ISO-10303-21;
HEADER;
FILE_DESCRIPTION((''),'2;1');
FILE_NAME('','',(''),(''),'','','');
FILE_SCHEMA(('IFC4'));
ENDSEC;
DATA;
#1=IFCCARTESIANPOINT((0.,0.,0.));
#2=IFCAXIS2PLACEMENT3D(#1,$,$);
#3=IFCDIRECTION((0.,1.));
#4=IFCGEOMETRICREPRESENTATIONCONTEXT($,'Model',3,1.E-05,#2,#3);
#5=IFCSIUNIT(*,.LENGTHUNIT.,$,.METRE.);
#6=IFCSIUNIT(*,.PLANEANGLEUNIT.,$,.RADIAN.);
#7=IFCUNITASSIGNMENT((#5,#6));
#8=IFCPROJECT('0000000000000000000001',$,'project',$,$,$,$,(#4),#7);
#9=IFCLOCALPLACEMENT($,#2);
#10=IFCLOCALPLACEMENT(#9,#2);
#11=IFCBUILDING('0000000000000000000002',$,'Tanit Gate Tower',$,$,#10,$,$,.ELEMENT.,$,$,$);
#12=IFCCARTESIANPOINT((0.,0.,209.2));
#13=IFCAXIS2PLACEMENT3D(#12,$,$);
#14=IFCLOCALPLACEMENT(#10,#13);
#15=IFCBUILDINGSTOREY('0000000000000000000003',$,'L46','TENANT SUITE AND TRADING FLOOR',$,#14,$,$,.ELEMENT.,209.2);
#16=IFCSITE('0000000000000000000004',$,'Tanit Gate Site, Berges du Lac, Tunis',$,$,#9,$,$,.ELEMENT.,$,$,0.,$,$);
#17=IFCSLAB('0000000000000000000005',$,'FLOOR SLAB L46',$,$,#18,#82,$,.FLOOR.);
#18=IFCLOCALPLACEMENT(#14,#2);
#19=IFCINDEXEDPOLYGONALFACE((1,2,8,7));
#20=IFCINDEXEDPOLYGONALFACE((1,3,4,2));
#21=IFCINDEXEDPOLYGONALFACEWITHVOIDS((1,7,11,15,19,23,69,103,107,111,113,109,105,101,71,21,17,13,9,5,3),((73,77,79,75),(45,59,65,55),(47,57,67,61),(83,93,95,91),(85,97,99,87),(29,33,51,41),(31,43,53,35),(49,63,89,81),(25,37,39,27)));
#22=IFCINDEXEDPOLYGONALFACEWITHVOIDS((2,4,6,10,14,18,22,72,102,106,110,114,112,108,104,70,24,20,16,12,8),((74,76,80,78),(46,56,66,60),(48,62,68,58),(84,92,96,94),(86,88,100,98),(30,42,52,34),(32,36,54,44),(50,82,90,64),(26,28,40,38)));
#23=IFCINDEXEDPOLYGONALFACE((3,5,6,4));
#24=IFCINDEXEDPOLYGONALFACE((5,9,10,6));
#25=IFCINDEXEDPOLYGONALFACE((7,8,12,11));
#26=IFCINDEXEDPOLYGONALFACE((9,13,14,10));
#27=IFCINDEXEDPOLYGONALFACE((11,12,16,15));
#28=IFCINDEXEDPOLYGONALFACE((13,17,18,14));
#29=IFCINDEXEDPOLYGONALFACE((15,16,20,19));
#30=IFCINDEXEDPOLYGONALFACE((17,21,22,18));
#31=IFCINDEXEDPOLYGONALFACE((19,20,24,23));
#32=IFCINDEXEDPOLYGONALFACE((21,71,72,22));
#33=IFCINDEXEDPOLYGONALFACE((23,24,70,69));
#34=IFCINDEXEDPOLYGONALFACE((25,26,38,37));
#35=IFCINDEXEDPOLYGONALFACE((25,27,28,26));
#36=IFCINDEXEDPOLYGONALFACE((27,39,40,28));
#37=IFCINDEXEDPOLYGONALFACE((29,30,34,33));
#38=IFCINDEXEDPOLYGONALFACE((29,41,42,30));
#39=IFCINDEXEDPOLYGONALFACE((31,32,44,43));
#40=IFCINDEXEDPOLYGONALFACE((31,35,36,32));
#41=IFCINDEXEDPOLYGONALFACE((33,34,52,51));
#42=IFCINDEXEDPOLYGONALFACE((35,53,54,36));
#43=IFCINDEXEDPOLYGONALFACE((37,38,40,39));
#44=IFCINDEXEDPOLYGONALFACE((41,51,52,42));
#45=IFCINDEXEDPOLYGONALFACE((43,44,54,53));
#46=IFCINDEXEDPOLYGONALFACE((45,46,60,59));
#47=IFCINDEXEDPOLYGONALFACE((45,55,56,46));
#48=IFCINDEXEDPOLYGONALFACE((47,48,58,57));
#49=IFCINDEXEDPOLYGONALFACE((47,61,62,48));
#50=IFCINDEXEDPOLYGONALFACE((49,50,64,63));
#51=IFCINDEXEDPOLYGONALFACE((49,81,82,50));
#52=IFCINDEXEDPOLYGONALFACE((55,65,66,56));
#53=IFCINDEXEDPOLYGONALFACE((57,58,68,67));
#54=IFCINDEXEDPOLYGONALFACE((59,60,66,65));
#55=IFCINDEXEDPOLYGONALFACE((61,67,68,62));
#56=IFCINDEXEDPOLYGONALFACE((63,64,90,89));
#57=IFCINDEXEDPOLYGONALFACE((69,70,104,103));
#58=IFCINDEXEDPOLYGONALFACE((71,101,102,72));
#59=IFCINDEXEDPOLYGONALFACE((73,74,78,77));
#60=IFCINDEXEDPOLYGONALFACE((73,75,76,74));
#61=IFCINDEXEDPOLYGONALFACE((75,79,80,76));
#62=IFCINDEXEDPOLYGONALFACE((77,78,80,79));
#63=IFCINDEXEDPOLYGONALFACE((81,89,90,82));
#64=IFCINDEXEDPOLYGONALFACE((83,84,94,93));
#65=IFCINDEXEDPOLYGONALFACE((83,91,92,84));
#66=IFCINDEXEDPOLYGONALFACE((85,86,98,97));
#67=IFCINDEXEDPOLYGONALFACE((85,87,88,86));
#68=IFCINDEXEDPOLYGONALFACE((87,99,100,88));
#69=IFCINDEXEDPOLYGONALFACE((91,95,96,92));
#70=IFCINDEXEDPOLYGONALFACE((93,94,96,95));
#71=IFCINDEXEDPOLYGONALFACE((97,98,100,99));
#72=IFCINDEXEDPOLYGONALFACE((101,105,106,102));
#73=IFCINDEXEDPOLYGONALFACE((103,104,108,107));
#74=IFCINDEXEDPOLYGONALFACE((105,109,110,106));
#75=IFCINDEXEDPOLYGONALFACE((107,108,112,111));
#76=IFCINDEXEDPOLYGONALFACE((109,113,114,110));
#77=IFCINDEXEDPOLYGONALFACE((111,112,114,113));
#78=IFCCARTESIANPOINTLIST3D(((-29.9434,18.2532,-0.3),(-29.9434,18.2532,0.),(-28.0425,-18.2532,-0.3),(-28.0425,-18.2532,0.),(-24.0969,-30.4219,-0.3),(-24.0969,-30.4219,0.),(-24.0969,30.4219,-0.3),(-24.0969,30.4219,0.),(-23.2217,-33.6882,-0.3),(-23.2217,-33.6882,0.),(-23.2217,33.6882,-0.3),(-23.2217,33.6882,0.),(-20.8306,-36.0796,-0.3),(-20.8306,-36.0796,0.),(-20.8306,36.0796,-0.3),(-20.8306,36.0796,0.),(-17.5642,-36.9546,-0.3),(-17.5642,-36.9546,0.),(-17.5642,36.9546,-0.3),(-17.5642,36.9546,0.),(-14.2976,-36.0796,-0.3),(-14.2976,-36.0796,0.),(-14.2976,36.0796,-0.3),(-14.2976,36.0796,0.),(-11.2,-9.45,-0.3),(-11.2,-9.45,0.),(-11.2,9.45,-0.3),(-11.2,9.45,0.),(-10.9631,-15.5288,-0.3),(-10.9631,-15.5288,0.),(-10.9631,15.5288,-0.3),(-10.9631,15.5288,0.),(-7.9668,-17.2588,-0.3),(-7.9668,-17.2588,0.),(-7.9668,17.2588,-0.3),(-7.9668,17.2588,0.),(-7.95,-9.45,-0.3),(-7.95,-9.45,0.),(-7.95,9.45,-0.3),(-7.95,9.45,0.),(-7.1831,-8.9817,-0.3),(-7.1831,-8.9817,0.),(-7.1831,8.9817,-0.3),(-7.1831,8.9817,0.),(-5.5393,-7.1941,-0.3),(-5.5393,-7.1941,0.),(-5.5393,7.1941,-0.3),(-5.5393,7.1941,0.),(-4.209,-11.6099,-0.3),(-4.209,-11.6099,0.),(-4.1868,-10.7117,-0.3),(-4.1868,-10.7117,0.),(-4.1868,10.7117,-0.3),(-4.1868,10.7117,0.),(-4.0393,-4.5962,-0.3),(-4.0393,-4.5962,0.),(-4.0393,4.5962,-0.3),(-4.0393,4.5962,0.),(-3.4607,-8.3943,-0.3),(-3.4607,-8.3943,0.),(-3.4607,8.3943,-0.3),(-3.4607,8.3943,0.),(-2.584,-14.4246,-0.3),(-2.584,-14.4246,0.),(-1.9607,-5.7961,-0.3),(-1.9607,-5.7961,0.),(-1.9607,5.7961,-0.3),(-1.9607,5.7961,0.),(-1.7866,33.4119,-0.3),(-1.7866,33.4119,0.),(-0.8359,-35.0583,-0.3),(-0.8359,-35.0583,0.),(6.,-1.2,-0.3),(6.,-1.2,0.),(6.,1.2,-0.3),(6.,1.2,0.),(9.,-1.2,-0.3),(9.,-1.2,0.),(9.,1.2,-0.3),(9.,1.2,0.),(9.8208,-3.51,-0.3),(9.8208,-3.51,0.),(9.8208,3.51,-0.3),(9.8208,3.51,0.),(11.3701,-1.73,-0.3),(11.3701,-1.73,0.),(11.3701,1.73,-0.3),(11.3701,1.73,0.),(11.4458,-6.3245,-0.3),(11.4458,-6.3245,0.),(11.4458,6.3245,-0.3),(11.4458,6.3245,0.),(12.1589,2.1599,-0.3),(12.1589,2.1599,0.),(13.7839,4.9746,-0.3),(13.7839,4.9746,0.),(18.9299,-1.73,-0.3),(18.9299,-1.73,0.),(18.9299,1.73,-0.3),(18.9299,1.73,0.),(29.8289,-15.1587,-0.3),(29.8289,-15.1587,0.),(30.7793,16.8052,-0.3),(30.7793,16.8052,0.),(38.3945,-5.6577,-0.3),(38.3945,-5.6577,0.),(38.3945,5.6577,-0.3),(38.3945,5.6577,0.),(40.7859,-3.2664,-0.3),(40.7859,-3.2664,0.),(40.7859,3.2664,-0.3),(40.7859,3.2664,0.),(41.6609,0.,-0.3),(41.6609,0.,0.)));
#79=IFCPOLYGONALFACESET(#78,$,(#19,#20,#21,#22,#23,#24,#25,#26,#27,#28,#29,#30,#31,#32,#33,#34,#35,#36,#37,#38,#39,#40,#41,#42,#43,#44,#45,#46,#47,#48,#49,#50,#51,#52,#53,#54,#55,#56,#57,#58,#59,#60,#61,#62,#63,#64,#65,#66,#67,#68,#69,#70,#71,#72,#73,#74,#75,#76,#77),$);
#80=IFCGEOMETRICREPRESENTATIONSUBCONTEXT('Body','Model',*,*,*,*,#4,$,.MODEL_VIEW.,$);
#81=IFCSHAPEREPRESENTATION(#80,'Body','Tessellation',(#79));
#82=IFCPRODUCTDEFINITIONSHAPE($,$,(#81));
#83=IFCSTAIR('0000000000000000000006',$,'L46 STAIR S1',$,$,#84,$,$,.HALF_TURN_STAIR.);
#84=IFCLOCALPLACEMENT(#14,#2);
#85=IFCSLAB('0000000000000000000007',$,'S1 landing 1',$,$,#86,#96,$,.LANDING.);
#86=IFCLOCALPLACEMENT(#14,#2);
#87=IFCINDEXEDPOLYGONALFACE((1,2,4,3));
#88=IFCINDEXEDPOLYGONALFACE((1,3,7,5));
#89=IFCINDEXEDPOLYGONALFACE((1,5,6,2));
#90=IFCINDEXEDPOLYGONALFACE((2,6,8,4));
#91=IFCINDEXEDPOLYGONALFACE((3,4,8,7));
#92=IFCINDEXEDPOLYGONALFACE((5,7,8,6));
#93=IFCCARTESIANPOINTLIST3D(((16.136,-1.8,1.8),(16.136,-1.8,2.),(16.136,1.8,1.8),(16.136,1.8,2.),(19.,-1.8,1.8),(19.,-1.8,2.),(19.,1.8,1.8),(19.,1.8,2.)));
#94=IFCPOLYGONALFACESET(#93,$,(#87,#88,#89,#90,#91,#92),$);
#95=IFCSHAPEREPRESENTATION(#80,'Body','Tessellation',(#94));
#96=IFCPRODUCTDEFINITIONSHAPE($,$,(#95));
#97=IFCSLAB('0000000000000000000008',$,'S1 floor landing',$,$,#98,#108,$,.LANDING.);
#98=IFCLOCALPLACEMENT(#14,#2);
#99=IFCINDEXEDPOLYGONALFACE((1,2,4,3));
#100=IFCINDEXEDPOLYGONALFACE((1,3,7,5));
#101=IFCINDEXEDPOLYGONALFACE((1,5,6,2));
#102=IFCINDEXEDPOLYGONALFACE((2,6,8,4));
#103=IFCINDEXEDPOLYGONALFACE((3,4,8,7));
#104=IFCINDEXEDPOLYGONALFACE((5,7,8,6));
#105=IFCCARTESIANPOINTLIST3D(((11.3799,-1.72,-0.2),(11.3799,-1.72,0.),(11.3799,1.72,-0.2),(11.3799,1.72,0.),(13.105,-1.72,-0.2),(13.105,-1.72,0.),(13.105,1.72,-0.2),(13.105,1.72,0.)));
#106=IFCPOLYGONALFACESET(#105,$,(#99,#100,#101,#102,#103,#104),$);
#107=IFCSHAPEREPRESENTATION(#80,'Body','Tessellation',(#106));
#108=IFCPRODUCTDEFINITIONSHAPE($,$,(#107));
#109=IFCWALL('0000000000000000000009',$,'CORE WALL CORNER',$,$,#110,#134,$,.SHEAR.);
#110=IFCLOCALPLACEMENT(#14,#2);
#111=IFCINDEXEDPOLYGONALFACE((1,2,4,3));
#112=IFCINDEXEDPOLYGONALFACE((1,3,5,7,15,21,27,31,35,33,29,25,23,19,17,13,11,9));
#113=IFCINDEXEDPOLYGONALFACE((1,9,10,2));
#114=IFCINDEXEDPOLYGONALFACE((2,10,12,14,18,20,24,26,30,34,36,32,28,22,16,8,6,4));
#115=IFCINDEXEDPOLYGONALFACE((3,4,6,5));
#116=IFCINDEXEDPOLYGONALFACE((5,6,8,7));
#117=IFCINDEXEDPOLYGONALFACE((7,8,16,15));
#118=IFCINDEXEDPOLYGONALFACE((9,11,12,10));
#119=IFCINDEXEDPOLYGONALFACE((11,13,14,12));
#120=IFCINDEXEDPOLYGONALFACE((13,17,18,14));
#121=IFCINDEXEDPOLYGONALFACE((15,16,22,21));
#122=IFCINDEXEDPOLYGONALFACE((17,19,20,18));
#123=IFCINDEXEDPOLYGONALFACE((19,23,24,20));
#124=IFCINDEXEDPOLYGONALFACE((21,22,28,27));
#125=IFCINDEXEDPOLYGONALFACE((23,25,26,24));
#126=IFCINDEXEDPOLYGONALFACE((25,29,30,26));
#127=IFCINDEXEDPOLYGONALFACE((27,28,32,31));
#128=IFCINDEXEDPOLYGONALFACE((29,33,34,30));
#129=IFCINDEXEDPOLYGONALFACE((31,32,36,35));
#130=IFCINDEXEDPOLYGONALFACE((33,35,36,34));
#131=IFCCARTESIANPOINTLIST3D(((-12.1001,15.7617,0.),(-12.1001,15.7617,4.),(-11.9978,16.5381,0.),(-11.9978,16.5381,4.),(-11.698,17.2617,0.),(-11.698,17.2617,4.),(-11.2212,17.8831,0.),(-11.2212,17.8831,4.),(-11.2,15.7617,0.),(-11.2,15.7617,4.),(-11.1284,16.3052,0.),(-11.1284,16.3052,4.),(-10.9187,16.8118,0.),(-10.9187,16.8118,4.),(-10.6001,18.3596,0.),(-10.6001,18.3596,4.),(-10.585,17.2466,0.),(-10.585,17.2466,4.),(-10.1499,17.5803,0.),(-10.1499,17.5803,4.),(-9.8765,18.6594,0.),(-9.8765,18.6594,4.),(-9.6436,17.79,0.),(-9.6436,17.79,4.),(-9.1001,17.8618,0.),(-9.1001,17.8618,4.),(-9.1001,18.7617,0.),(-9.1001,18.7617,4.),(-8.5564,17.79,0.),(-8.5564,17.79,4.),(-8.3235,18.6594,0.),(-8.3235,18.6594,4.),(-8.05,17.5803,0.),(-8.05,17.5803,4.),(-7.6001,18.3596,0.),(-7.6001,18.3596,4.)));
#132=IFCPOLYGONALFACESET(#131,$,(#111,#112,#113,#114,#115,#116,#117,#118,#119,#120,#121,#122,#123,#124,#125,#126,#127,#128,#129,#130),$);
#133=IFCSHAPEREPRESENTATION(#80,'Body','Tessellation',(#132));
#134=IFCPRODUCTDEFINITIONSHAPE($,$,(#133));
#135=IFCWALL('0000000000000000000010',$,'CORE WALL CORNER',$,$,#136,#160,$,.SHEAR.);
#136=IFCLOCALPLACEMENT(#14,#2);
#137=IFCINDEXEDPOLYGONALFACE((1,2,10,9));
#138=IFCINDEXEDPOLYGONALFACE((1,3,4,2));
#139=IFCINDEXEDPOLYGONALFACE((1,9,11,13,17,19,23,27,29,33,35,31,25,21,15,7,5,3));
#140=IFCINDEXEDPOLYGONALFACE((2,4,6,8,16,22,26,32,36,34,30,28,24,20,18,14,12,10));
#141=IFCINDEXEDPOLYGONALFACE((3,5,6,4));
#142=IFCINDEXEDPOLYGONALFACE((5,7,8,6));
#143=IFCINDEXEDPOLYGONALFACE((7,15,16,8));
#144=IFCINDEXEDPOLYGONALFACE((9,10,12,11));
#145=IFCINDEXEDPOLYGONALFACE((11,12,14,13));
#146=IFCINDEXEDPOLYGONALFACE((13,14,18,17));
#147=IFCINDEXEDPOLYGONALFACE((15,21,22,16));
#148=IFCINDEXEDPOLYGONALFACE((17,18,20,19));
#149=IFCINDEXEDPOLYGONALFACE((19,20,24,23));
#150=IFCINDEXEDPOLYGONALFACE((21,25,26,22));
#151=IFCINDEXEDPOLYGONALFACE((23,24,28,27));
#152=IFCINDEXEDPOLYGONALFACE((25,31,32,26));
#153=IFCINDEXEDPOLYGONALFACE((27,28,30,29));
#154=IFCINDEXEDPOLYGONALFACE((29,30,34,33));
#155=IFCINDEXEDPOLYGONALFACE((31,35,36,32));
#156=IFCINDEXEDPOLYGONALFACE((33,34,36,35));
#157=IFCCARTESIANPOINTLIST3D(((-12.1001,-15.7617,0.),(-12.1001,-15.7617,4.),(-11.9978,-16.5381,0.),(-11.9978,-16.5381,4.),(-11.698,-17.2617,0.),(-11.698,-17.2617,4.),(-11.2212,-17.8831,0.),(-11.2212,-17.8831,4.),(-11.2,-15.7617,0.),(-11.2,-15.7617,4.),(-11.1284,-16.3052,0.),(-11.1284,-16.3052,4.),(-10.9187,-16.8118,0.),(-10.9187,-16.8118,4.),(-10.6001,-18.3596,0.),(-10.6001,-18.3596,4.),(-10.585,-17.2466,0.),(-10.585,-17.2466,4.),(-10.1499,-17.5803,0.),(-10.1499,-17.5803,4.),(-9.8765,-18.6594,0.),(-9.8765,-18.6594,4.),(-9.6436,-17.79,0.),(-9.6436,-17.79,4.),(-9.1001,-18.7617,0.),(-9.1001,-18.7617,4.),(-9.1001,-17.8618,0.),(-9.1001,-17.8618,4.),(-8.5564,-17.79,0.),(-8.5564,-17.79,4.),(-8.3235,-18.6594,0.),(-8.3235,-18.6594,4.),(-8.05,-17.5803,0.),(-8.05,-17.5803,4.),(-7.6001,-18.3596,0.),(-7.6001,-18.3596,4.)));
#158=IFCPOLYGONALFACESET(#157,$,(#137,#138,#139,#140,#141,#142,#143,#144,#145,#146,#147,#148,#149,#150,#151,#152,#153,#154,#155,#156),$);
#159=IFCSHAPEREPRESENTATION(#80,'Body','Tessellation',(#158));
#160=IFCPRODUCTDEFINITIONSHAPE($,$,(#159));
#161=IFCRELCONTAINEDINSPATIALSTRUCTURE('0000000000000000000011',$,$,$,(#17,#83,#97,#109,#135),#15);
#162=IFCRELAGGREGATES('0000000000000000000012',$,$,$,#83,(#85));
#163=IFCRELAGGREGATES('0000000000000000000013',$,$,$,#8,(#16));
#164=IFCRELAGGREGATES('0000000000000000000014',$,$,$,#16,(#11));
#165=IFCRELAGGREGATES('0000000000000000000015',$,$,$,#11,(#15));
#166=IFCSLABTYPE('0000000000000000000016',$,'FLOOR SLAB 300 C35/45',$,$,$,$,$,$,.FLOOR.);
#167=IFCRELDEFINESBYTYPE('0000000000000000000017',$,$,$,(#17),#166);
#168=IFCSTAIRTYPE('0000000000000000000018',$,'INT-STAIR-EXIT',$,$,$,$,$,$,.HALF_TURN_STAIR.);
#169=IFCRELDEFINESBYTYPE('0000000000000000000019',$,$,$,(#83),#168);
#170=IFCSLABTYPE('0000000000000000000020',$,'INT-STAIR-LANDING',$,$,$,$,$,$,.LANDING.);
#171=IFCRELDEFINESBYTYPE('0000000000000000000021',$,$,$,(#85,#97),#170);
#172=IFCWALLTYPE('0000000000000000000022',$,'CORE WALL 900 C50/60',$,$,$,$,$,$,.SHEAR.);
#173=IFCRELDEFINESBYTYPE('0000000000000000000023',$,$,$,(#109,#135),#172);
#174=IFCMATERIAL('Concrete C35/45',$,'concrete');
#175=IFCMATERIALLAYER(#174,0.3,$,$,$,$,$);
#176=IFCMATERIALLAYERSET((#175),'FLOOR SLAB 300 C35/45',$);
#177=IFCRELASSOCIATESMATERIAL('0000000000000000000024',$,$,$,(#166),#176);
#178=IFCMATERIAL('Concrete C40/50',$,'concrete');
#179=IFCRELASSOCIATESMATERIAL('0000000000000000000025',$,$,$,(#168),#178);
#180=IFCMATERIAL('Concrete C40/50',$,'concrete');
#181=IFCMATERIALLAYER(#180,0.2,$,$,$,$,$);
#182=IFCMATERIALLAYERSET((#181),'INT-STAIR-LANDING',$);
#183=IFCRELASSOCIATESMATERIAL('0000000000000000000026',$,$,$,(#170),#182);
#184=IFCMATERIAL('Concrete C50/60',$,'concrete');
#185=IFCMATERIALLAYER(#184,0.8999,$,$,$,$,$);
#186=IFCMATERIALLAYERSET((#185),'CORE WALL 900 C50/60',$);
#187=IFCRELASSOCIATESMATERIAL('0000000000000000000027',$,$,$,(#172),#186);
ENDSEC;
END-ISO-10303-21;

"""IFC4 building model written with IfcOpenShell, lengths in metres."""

from ifc_helpers import new_model, si_unit, direction, frame, origin, place, context, subcontext, project, spatial, polyline, outline, extrude, material, layer, layer_set, type_object, element, aggregate, save


model = new_model("IFC4")

# Units and contexts
model_context = context("Model", 3, precision=1e-05, world=origin(), true_north=direction((0.0, 1.0)))
body_context = subcontext(model_context, "Body", "Model", "MODEL_VIEW")
ifc_project = project(units=[si_unit("LENGTHUNIT", "METRE"), si_unit("PLANEANGLEUNIT", "RADIAN")], contexts=[model_context])

# Site, building, storey
site_placement = place(None, origin())
site = spatial("IfcSite", under=ifc_project, at=site_placement, Name="Tanit Gate Site, Berges du Lac, Tunis", CompositionType="ELEMENT", RefElevation=0.0)
building_placement = place(site_placement, origin())
building = spatial("IfcBuilding", under=site, at=building_placement, Name="Tanit Gate Tower", CompositionType="ELEMENT")
storey_placement = place(building_placement, frame((0.0, 0.0, 209.2)))
storey = spatial("IfcBuildingStorey", under=building, at=storey_placement, Name="L46", Description="TENANT SUITE AND TRADING FLOOR", CompositionType="ELEMENT", Elevation=209.2)

# Slab
ifc_material_1 = material(Name="Concrete C35/45", Category="concrete")
ifc_layer_1 = layer(ifc_material_1, 0.3)
ifc_layer_set_1 = layer_set([ifc_layer_1], Name="FLOOR SLAB 300 C35/45")
slab_type_1 = type_object("IfcSlabType", Name="FLOOR SLAB 300 C35/45", PredefinedType="FLOOR", material=ifc_layer_set_1)
slab_1_placement = place(storey_placement, frame((0.0, 0.0, -0.3)))
element("IfcSlab", 1, at=slab_1_placement, inside=storey, type_object=slab_type_1, Name="FLOOR SLAB L46", PredefinedType="FLOOR", context=body_context, shape_type="SweptSolid", body=[
    extrude(outline(polyline([(38.3945, 5.6577), (40.7859, 3.2664), (41.6609, 0.0), (40.7859, -3.2664), (38.3945, -5.6577), (29.8289, -15.1587), (-0.8359, -35.0583), (-14.2976, -36.0796), (-17.5642, -36.9546), (-20.8306, -36.0796), (-23.2217, -33.6882), (-24.0969, -30.4219), (-28.0425, -18.2532), (-29.9434, 18.2532), (-24.0969, 30.4219), (-23.2217, 33.6882), (-20.8306, 36.0796), (-17.5642, 36.9546), (-14.2976, 36.0796), (-1.7866, 33.4119), (30.7793, 16.8052), (38.3945, 5.6577)]), holes=[polyline([(11.3701, 1.73), (18.9299, 1.73), (18.9299, -1.73), (11.3701, -1.73), (11.3701, 1.73)]), polyline([(9.8208, 3.51), (11.4458, 6.3245), (13.7839, 4.9746), (12.1589, 2.1599), (9.8208, 3.51)]), polyline([(-4.209, -11.6099), (9.8208, -3.51), (11.4458, -6.3245), (-2.584, -14.4246), (-4.209, -11.6099)]), polyline([(6.0, 1.2), (9.0, 1.2), (9.0, -1.2), (6.0, -1.2), (6.0, 1.2)]), polyline([(-5.5393, 7.1941), (-3.4607, 8.3943), (-1.9607, 5.7961), (-4.0393, 4.5962), (-5.5393, 7.1941)]), polyline([(-1.9607, -5.7961), (-3.4607, -8.3943), (-5.5393, -7.1941), (-4.0393, -4.5962), (-1.9607, -5.7961)]), polyline([(-10.9631, 15.5288), (-7.9668, 17.2588), (-4.1868, 10.7117), (-7.1831, 8.9817), (-10.9631, 15.5288)]), polyline([(-4.1868, -10.7117), (-7.9668, -17.2588), (-10.9631, -15.5288), (-7.1831, -8.9817), (-4.1868, -10.7117)]), polyline([(-11.2, -9.45), (-11.2, 9.45), (-7.95, 9.45), (-7.95, -9.45), (-11.2, -9.45)])]), origin(), (0.0, 0.0, 1.0), 0.3),
])

# Stair, slab
ifc_material_2 = material(Name="Concrete C40/50", Category="concrete")
stair_type = type_object("IfcStairType", Name="INT-STAIR-EXIT", PredefinedType="HALF_TURN_STAIR", material=ifc_material_2)
stair_placement = place(storey_placement, origin())
stair = element("IfcStair", 2, at=stair_placement, inside=storey, type_object=stair_type, Name="L46 STAIR S1", PredefinedType="HALF_TURN_STAIR")
ifc_material_3 = material(Name="Concrete C40/50", Category="concrete")
ifc_layer_2 = layer(ifc_material_3, 0.2)
ifc_layer_set_2 = layer_set([ifc_layer_2], Name="INT-STAIR-LANDING")
slab_type_2 = type_object("IfcSlabType", Name="INT-STAIR-LANDING", PredefinedType="LANDING", material=ifc_layer_set_2)
slab_2_placement = place(storey_placement, frame((0.0, 0.0, 1.8)))
slab_2 = element("IfcSlab", 3, at=slab_2_placement, type_object=slab_type_2, Name="S1 landing 1", PredefinedType="LANDING", context=body_context, shape_type="SweptSolid", body=[
    extrude(outline(polyline([(16.136, -1.8), (19.0, -1.8), (19.0, 1.8), (16.136, 1.8), (16.136, -1.8)])), origin(), (0.0, 0.0, 1.0), 0.2),
])

# Slab
slab_3_placement = place(storey_placement, frame((0.0, 0.0, -0.2)))
element("IfcSlab", 4, at=slab_3_placement, inside=storey, type_object=slab_type_2, Name="S1 floor landing", PredefinedType="LANDING", context=body_context, shape_type="SweptSolid", body=[
    extrude(outline(polyline([(11.3799, -1.72), (13.105, -1.72), (13.105, 1.72), (11.3799, 1.72), (11.3799, -1.72)])), origin(), (0.0, 0.0, 1.0), 0.2),
])

# Walls
ifc_material_4 = material(Name="Concrete C50/60", Category="concrete")
ifc_layer_3 = layer(ifc_material_4, 0.8999)
ifc_layer_set_3 = layer_set([ifc_layer_3], Name="CORE WALL 900 C50/60")
wall_type_1 = type_object("IfcWallType", Name="CORE WALL 900 C50/60", PredefinedType="SHEAR", material=ifc_layer_set_3)
wall_1_placement = place(storey_placement, origin())
element("IfcWall", 5, at=wall_1_placement, inside=storey, type_object=wall_type_1, Name="CORE WALL CORNER", PredefinedType="SHEAR", context=body_context, shape_type="SweptSolid", body=[
    extrude(outline(polyline([(-7.6001, 18.3596), (-8.3235, 18.6594), (-9.1001, 18.7617), (-9.8765, 18.6594), (-10.6001, 18.3596), (-11.2212, 17.8831), (-11.698, 17.2617), (-11.9978, 16.5381), (-12.1001, 15.7617), (-11.2, 15.7617), (-11.1284, 16.3052), (-10.9187, 16.8118), (-10.585, 17.2466), (-10.1499, 17.5803), (-9.6436, 17.79), (-9.1001, 17.8618), (-8.5564, 17.79), (-8.05, 17.5803), (-7.6001, 18.3596)])), origin(), (0.0, 0.0, 1.0), 4.0),
])
wall_2_placement = place(storey_placement, origin())
element("IfcWall", 6, at=wall_2_placement, inside=storey, type_object=wall_type_1, Name="CORE WALL CORNER", PredefinedType="SHEAR", context=body_context, shape_type="SweptSolid", body=[
    extrude(outline(polyline([(-12.1001, -15.7617), (-11.9978, -16.5381), (-11.698, -17.2617), (-11.2212, -17.8831), (-10.6001, -18.3596), (-9.8765, -18.6594), (-9.1001, -18.7617), (-8.3235, -18.6594), (-7.6001, -18.3596), (-8.05, -17.5803), (-8.5564, -17.79), (-9.1001, -17.8618), (-9.6436, -17.79), (-10.1499, -17.5803), (-10.585, -17.2466), (-10.9187, -16.8118), (-11.1284, -16.3052), (-11.2, -15.7617), (-12.1001, -15.7617)])), origin(), (0.0, 0.0, 1.0), 4.0),
])

aggregate(stair, [slab_2])

save(model, "model.ifc")
